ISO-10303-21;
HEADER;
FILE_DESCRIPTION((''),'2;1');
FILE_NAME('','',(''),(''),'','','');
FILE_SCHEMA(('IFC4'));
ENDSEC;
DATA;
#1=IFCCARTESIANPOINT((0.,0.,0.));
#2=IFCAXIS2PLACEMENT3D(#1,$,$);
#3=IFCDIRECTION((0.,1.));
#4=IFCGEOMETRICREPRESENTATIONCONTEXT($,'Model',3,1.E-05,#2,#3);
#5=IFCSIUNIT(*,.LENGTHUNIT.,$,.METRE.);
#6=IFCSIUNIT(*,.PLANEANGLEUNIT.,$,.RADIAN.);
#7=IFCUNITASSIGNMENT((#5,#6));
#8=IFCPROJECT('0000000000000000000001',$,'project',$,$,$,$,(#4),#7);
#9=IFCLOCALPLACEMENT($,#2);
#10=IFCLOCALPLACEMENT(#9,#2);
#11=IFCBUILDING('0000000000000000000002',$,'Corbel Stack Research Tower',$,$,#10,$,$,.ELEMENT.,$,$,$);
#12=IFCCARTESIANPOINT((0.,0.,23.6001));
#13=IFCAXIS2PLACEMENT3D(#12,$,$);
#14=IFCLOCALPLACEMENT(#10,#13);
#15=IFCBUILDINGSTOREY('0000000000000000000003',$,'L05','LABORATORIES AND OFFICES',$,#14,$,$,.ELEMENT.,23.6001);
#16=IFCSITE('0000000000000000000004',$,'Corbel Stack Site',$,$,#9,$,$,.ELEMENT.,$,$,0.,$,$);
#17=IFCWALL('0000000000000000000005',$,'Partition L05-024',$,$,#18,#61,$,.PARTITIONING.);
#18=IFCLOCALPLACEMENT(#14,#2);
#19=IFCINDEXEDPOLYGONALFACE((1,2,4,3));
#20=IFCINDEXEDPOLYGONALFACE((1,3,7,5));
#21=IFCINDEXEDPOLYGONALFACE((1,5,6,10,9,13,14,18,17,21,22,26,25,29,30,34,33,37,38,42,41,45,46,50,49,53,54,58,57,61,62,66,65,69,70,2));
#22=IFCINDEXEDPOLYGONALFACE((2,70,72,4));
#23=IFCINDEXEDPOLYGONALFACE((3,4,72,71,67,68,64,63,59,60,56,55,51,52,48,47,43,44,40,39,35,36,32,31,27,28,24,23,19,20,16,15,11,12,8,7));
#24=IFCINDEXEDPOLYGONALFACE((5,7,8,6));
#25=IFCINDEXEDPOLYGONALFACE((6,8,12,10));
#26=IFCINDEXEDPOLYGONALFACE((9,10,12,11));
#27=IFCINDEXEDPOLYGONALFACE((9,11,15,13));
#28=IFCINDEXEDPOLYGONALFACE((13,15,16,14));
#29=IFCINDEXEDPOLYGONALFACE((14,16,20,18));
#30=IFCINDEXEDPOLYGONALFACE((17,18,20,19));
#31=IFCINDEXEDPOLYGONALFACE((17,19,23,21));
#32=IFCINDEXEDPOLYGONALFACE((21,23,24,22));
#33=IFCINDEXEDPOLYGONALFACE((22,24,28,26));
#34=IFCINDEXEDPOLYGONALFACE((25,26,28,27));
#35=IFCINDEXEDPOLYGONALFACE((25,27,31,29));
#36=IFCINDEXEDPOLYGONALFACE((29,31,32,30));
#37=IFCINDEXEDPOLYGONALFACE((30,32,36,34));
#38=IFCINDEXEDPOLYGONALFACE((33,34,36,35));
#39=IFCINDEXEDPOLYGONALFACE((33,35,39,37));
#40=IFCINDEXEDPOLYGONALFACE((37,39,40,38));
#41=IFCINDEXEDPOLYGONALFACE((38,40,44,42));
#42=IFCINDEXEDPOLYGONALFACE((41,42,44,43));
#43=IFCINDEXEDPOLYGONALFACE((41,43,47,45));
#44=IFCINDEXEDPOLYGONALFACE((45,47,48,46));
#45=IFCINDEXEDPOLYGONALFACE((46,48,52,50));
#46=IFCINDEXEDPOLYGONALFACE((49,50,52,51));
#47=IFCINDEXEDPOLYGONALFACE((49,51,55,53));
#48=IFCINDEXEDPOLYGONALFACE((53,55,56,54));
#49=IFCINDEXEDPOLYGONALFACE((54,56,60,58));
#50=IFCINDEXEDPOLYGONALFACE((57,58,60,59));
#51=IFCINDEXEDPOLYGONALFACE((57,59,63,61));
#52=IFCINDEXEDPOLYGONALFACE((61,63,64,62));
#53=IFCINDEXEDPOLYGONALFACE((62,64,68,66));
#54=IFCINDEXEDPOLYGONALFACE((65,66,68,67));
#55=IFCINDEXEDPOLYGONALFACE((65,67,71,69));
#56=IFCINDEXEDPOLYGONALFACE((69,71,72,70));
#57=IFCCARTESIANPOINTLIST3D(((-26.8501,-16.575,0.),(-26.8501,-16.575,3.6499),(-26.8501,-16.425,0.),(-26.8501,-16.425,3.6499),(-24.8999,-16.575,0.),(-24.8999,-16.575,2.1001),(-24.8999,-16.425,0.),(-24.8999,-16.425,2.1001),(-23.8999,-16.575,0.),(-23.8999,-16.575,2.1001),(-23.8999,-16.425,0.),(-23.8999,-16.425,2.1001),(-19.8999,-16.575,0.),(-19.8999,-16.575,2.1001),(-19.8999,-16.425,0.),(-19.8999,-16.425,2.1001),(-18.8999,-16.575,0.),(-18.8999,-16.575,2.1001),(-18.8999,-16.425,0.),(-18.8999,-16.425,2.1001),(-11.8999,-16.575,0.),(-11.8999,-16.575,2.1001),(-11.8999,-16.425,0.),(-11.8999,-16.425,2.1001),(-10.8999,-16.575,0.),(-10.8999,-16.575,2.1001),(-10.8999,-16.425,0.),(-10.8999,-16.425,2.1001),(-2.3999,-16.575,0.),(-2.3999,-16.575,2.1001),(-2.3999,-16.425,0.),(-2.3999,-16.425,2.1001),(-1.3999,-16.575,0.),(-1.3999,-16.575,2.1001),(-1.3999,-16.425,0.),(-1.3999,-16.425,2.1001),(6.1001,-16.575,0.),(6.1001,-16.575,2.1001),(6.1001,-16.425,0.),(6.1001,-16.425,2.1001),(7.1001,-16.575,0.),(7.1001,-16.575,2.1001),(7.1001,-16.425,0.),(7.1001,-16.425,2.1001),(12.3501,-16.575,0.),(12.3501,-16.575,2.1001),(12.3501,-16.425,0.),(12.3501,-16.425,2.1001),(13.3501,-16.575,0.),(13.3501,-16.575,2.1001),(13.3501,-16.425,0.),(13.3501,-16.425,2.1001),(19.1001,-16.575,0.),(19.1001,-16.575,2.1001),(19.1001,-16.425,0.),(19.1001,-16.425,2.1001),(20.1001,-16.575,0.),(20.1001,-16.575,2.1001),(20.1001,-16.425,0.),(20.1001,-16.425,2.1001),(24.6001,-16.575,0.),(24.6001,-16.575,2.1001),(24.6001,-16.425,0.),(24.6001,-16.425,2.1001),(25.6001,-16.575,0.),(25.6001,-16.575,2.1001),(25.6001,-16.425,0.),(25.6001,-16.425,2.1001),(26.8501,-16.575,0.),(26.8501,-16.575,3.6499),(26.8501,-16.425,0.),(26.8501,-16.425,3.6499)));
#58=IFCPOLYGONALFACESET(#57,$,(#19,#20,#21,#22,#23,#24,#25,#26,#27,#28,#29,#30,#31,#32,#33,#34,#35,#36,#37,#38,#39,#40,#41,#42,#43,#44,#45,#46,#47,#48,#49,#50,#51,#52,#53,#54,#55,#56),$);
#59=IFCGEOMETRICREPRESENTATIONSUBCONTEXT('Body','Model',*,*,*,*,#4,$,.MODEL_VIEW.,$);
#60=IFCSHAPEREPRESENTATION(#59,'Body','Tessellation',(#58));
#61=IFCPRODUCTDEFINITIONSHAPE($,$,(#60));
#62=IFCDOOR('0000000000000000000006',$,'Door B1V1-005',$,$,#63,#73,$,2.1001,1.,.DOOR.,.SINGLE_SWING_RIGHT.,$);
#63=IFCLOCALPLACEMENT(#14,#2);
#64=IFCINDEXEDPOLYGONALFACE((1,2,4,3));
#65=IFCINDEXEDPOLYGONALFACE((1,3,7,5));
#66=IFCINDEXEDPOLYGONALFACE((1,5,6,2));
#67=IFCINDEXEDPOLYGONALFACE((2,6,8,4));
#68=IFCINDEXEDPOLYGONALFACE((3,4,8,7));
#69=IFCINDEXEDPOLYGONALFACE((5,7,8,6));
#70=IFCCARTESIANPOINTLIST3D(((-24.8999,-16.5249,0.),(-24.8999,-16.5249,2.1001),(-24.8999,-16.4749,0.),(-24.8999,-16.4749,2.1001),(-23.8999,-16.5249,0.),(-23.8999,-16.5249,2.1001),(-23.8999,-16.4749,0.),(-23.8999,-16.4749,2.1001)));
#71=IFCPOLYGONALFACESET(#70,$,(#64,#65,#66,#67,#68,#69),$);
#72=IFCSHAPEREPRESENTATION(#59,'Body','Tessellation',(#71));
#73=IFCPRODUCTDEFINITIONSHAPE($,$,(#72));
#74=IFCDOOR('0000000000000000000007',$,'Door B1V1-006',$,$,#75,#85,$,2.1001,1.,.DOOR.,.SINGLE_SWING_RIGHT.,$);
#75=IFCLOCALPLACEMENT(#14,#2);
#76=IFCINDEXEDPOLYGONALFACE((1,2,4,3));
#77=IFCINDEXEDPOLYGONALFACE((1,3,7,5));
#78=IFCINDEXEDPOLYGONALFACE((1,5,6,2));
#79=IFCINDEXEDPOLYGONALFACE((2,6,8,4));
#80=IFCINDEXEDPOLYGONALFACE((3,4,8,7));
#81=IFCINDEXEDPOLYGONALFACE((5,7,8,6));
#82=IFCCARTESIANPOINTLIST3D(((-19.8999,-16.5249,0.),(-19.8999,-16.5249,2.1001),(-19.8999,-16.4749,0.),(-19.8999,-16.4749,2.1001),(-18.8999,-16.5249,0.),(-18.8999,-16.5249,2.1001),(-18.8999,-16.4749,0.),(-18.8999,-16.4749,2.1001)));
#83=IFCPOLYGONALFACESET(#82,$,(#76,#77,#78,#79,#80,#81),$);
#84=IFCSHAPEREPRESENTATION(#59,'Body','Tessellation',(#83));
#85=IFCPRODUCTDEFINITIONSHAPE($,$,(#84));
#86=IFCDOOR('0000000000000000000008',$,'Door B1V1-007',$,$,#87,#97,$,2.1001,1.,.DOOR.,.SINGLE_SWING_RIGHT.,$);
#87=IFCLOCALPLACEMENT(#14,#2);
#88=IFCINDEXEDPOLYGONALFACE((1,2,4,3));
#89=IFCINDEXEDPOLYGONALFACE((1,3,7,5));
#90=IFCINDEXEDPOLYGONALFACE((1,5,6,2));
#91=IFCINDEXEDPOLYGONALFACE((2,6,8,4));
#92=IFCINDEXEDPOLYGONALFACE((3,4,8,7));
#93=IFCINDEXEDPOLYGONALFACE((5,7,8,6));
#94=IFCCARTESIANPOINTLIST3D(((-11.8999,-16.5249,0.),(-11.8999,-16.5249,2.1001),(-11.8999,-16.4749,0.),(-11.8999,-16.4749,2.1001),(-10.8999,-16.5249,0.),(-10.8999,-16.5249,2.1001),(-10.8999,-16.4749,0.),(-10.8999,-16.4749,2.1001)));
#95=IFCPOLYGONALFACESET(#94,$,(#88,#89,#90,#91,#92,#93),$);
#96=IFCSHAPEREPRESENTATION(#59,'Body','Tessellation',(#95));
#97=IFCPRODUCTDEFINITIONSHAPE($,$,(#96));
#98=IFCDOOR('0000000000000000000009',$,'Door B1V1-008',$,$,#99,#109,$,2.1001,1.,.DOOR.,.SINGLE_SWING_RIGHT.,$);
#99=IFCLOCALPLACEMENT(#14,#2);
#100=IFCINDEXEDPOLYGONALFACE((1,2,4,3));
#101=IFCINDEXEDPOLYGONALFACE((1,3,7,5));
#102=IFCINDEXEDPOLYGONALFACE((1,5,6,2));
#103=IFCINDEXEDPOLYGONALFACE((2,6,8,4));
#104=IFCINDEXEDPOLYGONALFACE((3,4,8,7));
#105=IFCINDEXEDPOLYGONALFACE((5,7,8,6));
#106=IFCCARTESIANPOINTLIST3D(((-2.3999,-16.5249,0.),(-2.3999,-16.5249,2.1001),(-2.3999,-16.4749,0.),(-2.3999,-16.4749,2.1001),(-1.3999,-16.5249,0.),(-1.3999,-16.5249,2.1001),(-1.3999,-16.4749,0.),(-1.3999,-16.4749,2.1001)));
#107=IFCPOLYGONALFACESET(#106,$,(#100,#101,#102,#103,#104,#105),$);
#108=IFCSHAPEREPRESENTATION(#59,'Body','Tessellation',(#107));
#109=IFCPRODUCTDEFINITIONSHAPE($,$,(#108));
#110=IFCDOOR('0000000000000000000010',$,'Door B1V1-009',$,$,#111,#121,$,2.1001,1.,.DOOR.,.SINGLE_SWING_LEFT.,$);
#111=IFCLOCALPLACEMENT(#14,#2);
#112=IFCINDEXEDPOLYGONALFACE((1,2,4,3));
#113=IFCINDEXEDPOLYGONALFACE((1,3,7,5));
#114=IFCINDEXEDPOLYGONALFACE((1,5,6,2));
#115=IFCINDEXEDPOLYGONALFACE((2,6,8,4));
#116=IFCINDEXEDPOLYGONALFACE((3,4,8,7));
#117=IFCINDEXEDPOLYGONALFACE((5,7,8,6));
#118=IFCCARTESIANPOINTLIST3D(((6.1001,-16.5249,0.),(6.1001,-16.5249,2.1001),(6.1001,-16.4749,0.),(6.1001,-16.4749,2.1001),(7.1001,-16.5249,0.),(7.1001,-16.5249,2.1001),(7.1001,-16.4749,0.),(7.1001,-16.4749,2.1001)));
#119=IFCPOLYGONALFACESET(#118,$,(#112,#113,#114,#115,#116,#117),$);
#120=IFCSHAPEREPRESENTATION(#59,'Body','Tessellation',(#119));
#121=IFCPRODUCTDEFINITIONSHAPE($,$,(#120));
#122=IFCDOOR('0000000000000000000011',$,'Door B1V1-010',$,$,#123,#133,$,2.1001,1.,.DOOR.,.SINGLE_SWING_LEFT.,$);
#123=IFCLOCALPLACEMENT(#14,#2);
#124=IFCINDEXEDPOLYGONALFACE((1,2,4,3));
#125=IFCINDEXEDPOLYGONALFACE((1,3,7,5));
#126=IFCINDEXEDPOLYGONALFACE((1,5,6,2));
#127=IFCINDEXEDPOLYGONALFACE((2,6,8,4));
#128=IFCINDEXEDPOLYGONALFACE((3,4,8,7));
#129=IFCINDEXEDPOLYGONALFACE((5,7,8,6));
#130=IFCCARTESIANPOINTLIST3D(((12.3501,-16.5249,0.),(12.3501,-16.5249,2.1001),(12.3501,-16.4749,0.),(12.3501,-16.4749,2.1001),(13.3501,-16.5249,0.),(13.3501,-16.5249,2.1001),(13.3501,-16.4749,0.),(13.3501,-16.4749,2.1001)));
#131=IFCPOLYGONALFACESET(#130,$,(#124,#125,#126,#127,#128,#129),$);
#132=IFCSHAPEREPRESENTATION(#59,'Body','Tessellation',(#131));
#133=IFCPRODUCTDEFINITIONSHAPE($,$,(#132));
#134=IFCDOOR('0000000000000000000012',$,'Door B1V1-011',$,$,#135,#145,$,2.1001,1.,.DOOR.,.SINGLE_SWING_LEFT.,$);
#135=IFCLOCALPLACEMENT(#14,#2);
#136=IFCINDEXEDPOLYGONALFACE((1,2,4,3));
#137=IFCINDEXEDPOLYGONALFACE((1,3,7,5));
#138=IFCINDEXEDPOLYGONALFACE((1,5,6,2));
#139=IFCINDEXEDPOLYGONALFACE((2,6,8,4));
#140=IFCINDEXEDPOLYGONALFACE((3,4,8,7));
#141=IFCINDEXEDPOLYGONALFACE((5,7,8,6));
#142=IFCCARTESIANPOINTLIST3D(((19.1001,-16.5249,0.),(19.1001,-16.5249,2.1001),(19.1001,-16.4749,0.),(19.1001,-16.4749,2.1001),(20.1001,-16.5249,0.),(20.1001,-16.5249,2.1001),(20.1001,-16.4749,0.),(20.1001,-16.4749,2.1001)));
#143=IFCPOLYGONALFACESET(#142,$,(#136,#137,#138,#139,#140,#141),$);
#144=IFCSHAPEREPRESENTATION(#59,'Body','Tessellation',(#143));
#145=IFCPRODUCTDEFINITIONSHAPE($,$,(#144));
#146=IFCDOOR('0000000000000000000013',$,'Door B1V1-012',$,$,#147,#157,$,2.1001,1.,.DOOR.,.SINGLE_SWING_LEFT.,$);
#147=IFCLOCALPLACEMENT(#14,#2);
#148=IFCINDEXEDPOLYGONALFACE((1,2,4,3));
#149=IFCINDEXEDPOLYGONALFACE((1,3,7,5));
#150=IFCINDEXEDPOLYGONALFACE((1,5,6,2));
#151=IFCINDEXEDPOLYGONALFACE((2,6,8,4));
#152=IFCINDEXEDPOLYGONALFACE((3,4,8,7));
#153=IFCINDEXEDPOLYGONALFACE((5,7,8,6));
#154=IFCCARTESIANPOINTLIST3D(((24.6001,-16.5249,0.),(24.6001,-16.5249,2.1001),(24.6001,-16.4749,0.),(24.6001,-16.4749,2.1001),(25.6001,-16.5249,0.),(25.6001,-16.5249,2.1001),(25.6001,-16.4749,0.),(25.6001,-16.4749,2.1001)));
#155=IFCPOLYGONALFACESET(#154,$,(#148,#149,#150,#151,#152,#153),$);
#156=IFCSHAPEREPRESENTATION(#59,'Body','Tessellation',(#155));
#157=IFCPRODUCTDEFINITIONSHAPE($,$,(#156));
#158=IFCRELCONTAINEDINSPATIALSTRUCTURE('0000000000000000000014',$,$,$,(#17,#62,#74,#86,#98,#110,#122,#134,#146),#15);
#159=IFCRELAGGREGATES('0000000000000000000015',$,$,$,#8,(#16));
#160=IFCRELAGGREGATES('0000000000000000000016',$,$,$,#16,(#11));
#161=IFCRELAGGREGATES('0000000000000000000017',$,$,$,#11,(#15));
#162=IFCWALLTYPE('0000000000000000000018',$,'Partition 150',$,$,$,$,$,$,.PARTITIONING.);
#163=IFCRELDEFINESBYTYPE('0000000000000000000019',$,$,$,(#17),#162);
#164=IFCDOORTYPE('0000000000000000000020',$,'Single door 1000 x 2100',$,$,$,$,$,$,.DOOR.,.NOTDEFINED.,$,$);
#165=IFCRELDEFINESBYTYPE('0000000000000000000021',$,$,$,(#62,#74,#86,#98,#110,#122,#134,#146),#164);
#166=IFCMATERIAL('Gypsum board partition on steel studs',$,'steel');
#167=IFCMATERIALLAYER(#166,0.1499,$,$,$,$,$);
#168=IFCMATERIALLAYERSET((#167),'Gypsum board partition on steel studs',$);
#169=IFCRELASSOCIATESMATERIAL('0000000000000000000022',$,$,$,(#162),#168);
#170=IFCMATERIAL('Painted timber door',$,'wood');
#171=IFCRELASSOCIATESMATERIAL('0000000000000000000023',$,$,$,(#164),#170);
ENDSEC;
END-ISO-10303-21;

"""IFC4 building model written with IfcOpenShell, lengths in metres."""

from ifc_helpers import new_model, si_unit, direction, frame, frame_2d, origin, place, context, subcontext, project, spatial, rectangle, extrude, material, layer, layer_set, type_object, element, fill, save


model = new_model("IFC4")

# Units and contexts
model_context = context("Model", 3, precision=1e-05, world=origin(), true_north=direction((0.0, 1.0)))
body_context = subcontext(model_context, "Body", "Model", "MODEL_VIEW")
ifc_project = project(units=[si_unit("LENGTHUNIT", "METRE"), si_unit("PLANEANGLEUNIT", "RADIAN")], contexts=[model_context])

# Site, building, storey
site_placement = place(None, origin())
site = spatial("IfcSite", under=ifc_project, at=site_placement, Name="Corbel Stack Site", CompositionType="ELEMENT", RefElevation=0.0)
building_placement = place(site_placement, origin())
building = spatial("IfcBuilding", under=site, at=building_placement, Name="Corbel Stack Research Tower", CompositionType="ELEMENT")
storey_placement = place(building_placement, frame((0.0, 0.0, 23.6001)))
storey = spatial("IfcBuildingStorey", under=building, at=storey_placement, Name="L05", Description="LABORATORIES AND OFFICES", CompositionType="ELEMENT", Elevation=23.6001)

# Wall, openings, doors
ifc_material_1 = material(Name="Gypsum board partition on steel studs", Category="steel")
ifc_layer_1 = layer(ifc_material_1, 0.1499)
ifc_layer_set_1 = layer_set([ifc_layer_1], Name="Gypsum board partition on steel studs")
wall_type_1 = type_object("IfcWallType", Name="Partition 150", PredefinedType="PARTITIONING", material=ifc_layer_set_1)
wall_1_placement = place(storey_placement, frame((26.8501, -16.5, 0.0), z_axis=(0.0, 0.0, 1.0), x_axis=(-1.0, 0.0, 0.0)))
wall_1 = element("IfcWall", 1, at=wall_1_placement, inside=storey, type_object=wall_type_1, Name="Partition L05-024", PredefinedType="PARTITIONING", context=body_context, shape_type="SweptSolid", body=[
    extrude(rectangle(XDim=53.7002, YDim=0.1499, at=frame_2d((26.8501, 0.0))), origin(), (0.0, 0.0, 1.0), 3.6499),
])
opening_1_placement = place(wall_1_placement, frame((50.75, 0.0, 0.0)))
opening_1 = element("IfcOpeningElement", 2, at=opening_1_placement, cuts=wall_1, PredefinedType="OPENING", context=body_context, shape_type="SweptSolid", body=[
    extrude(rectangle(XDim=1.0, YDim=2.1001, at=frame_2d((0.5, 1.05))), frame((0.0, 0.085, 0.0), z_axis=(0.0, -1.0, 0.0), x_axis=(1.0, 0.0, 0.0)), (0.0, 0.0, 1.0), 0.1699),
])
opening_2_placement = place(wall_1_placement, frame((45.75, 0.0, 0.0)))
opening_2 = element("IfcOpeningElement", 3, at=opening_2_placement, cuts=wall_1, PredefinedType="OPENING", context=body_context, shape_type="SweptSolid", body=[
    extrude(rectangle(XDim=1.0, YDim=2.1001, at=frame_2d((0.5, 1.05))), frame((0.0, 0.085, 0.0), z_axis=(0.0, -1.0, 0.0), x_axis=(1.0, 0.0, 0.0)), (0.0, 0.0, 1.0), 0.1699),
])
opening_3_placement = place(wall_1_placement, frame((37.75, 0.0, 0.0)))
opening_3 = element("IfcOpeningElement", 4, at=opening_3_placement, cuts=wall_1, PredefinedType="OPENING", context=body_context, shape_type="SweptSolid", body=[
    extrude(rectangle(XDim=1.0, YDim=2.1001, at=frame_2d((0.5, 1.05))), frame((0.0, 0.085, 0.0), z_axis=(0.0, -1.0, 0.0), x_axis=(1.0, 0.0, 0.0)), (0.0, 0.0, 1.0), 0.1699),
])
opening_4_placement = place(wall_1_placement, frame((28.25, 0.0, 0.0)))
opening_4 = element("IfcOpeningElement", 5, at=opening_4_placement, cuts=wall_1, PredefinedType="OPENING", context=body_context, shape_type="SweptSolid", body=[
    extrude(rectangle(XDim=1.0, YDim=2.1001, at=frame_2d((0.5, 1.05))), frame((0.0, 0.085, 0.0), z_axis=(0.0, -1.0, 0.0), x_axis=(1.0, 0.0, 0.0)), (0.0, 0.0, 1.0), 0.1699),
])
opening_5_placement = place(wall_1_placement, frame((19.75, 0.0, 0.0)))
opening_5 = element("IfcOpeningElement", 6, at=opening_5_placement, cuts=wall_1, PredefinedType="OPENING", context=body_context, shape_type="SweptSolid", body=[
    extrude(rectangle(XDim=1.0, YDim=2.1001, at=frame_2d((0.5, 1.05))), frame((0.0, 0.085, 0.0), z_axis=(0.0, -1.0, 0.0), x_axis=(1.0, 0.0, 0.0)), (0.0, 0.0, 1.0), 0.1699),
])
opening_6_placement = place(wall_1_placement, frame((13.5, 0.0, 0.0)))
opening_6 = element("IfcOpeningElement", 7, at=opening_6_placement, cuts=wall_1, PredefinedType="OPENING", context=body_context, shape_type="SweptSolid", body=[
    extrude(rectangle(XDim=1.0, YDim=2.1001, at=frame_2d((0.5, 1.05))), frame((0.0, 0.085, 0.0), z_axis=(0.0, -1.0, 0.0), x_axis=(1.0, 0.0, 0.0)), (0.0, 0.0, 1.0), 0.1699),
])
opening_7_placement = place(wall_1_placement, frame((6.75, 0.0, 0.0)))
opening_7 = element("IfcOpeningElement", 8, at=opening_7_placement, cuts=wall_1, PredefinedType="OPENING", context=body_context, shape_type="SweptSolid", body=[
    extrude(rectangle(XDim=1.0, YDim=2.1001, at=frame_2d((0.5, 1.05))), frame((0.0, 0.085, 0.0), z_axis=(0.0, -1.0, 0.0), x_axis=(1.0, 0.0, 0.0)), (0.0, 0.0, 1.0), 0.1699),
])
opening_8_placement = place(wall_1_placement, frame((1.25, 0.0, 0.0)))
opening_8 = element("IfcOpeningElement", 9, at=opening_8_placement, cuts=wall_1, PredefinedType="OPENING", context=body_context, shape_type="SweptSolid", body=[
    extrude(rectangle(XDim=1.0, YDim=2.1001, at=frame_2d((0.5, 1.05))), frame((0.0, 0.085, 0.0), z_axis=(0.0, -1.0, 0.0), x_axis=(1.0, 0.0, 0.0)), (0.0, 0.0, 1.0), 0.1699),
])
ifc_material_2 = material(Name="Painted timber door", Category="wood")
door_type_1 = type_object("IfcDoorType", Name="Single door 1000 x 2100", OperationType="NOTDEFINED", PredefinedType="DOOR", material=ifc_material_2)
door_1_placement = place(opening_1_placement, origin())
door_1 = element("IfcDoor", 10, at=door_1_placement, inside=storey, type_object=door_type_1, Name="Door B1V1-005", OperationType="SINGLE_SWING_RIGHT", OverallHeight=2.1001, OverallWidth=1.0, PredefinedType="DOOR", context=body_context, shape_type="SweptSolid", body=[
    extrude(rectangle(XDim=1.0, YDim=2.1001, at=frame_2d((0.5, 1.05))), frame((0.0, 0.0249, 0.0), z_axis=(0.0, -1.0, 0.0), x_axis=(1.0, 0.0, 0.0)), (0.0, 0.0, 1.0), 0.05),
])
fill(opening_1, door_1)
door_2_placement = place(opening_2_placement, origin())
door_2 = element("IfcDoor", 11, at=door_2_placement, inside=storey, type_object=door_type_1, Name="Door B1V1-006", OperationType="SINGLE_SWING_RIGHT", OverallHeight=2.1001, OverallWidth=1.0, PredefinedType="DOOR", context=body_context, shape_type="SweptSolid", body=[
    extrude(rectangle(XDim=1.0, YDim=2.1001, at=frame_2d((0.5, 1.05))), frame((0.0, 0.0249, 0.0), z_axis=(0.0, -1.0, 0.0), x_axis=(1.0, 0.0, 0.0)), (0.0, 0.0, 1.0), 0.05),
])
fill(opening_2, door_2)
door_3_placement = place(opening_3_placement, origin())
door_3 = element("IfcDoor", 12, at=door_3_placement, inside=storey, type_object=door_type_1, Name="Door B1V1-007", OperationType="SINGLE_SWING_RIGHT", OverallHeight=2.1001, OverallWidth=1.0, PredefinedType="DOOR", context=body_context, shape_type="SweptSolid", body=[
    extrude(rectangle(XDim=1.0, YDim=2.1001, at=frame_2d((0.5, 1.05))), frame((0.0, 0.0249, 0.0), z_axis=(0.0, -1.0, 0.0), x_axis=(1.0, 0.0, 0.0)), (0.0, 0.0, 1.0), 0.05),
])
fill(opening_3, door_3)
door_4_placement = place(opening_4_placement, origin())
door_4 = element("IfcDoor", 13, at=door_4_placement, inside=storey, type_object=door_type_1, Name="Door B1V1-008", OperationType="SINGLE_SWING_RIGHT", OverallHeight=2.1001, OverallWidth=1.0, PredefinedType="DOOR", context=body_context, shape_type="SweptSolid", body=[
    extrude(rectangle(XDim=1.0, YDim=2.1001, at=frame_2d((0.5, 1.05))), frame((0.0, 0.0249, 0.0), z_axis=(0.0, -1.0, 0.0), x_axis=(1.0, 0.0, 0.0)), (0.0, 0.0, 1.0), 0.05),
])
fill(opening_4, door_4)
door_5_placement = place(opening_5_placement, origin())
door_5 = element("IfcDoor", 14, at=door_5_placement, inside=storey, type_object=door_type_1, Name="Door B1V1-009", OperationType="SINGLE_SWING_LEFT", OverallHeight=2.1001, OverallWidth=1.0, PredefinedType="DOOR", context=body_context, shape_type="SweptSolid", body=[
    extrude(rectangle(XDim=1.0, YDim=2.1001, at=frame_2d((0.5, 1.05))), frame((0.0, 0.0249, 0.0), z_axis=(0.0, -1.0, 0.0), x_axis=(1.0, 0.0, 0.0)), (0.0, 0.0, 1.0), 0.05),
])
fill(opening_5, door_5)
door_6_placement = place(opening_6_placement, origin())
door_6 = element("IfcDoor", 15, at=door_6_placement, inside=storey, type_object=door_type_1, Name="Door B1V1-010", OperationType="SINGLE_SWING_LEFT", OverallHeight=2.1001, OverallWidth=1.0, PredefinedType="DOOR", context=body_context, shape_type="SweptSolid", body=[
    extrude(rectangle(XDim=1.0, YDim=2.1001, at=frame_2d((0.5, 1.05))), frame((0.0, 0.0249, 0.0), z_axis=(0.0, -1.0, 0.0), x_axis=(1.0, 0.0, 0.0)), (0.0, 0.0, 1.0), 0.05),
])
fill(opening_6, door_6)
door_7_placement = place(opening_7_placement, origin())
door_7 = element("IfcDoor", 16, at=door_7_placement, inside=storey, type_object=door_type_1, Name="Door B1V1-011", OperationType="SINGLE_SWING_LEFT", OverallHeight=2.1001, OverallWidth=1.0, PredefinedType="DOOR", context=body_context, shape_type="SweptSolid", body=[
    extrude(rectangle(XDim=1.0, YDim=2.1001, at=frame_2d((0.5, 1.05))), frame((0.0, 0.0249, 0.0), z_axis=(0.0, -1.0, 0.0), x_axis=(1.0, 0.0, 0.0)), (0.0, 0.0, 1.0), 0.05),
])
fill(opening_7, door_7)
door_8_placement = place(opening_8_placement, origin())
door_8 = element("IfcDoor", 17, at=door_8_placement, inside=storey, type_object=door_type_1, Name="Door B1V1-012", OperationType="SINGLE_SWING_LEFT", OverallHeight=2.1001, OverallWidth=1.0, PredefinedType="DOOR", context=body_context, shape_type="SweptSolid", body=[
    extrude(rectangle(XDim=1.0, YDim=2.1001, at=frame_2d((0.5, 1.05))), frame((0.0, 0.0249, 0.0), z_axis=(0.0, -1.0, 0.0), x_axis=(1.0, 0.0, 0.0)), (0.0, 0.0, 1.0), 0.05),
])
fill(opening_8, door_8)

save(model, "model.ifc")
